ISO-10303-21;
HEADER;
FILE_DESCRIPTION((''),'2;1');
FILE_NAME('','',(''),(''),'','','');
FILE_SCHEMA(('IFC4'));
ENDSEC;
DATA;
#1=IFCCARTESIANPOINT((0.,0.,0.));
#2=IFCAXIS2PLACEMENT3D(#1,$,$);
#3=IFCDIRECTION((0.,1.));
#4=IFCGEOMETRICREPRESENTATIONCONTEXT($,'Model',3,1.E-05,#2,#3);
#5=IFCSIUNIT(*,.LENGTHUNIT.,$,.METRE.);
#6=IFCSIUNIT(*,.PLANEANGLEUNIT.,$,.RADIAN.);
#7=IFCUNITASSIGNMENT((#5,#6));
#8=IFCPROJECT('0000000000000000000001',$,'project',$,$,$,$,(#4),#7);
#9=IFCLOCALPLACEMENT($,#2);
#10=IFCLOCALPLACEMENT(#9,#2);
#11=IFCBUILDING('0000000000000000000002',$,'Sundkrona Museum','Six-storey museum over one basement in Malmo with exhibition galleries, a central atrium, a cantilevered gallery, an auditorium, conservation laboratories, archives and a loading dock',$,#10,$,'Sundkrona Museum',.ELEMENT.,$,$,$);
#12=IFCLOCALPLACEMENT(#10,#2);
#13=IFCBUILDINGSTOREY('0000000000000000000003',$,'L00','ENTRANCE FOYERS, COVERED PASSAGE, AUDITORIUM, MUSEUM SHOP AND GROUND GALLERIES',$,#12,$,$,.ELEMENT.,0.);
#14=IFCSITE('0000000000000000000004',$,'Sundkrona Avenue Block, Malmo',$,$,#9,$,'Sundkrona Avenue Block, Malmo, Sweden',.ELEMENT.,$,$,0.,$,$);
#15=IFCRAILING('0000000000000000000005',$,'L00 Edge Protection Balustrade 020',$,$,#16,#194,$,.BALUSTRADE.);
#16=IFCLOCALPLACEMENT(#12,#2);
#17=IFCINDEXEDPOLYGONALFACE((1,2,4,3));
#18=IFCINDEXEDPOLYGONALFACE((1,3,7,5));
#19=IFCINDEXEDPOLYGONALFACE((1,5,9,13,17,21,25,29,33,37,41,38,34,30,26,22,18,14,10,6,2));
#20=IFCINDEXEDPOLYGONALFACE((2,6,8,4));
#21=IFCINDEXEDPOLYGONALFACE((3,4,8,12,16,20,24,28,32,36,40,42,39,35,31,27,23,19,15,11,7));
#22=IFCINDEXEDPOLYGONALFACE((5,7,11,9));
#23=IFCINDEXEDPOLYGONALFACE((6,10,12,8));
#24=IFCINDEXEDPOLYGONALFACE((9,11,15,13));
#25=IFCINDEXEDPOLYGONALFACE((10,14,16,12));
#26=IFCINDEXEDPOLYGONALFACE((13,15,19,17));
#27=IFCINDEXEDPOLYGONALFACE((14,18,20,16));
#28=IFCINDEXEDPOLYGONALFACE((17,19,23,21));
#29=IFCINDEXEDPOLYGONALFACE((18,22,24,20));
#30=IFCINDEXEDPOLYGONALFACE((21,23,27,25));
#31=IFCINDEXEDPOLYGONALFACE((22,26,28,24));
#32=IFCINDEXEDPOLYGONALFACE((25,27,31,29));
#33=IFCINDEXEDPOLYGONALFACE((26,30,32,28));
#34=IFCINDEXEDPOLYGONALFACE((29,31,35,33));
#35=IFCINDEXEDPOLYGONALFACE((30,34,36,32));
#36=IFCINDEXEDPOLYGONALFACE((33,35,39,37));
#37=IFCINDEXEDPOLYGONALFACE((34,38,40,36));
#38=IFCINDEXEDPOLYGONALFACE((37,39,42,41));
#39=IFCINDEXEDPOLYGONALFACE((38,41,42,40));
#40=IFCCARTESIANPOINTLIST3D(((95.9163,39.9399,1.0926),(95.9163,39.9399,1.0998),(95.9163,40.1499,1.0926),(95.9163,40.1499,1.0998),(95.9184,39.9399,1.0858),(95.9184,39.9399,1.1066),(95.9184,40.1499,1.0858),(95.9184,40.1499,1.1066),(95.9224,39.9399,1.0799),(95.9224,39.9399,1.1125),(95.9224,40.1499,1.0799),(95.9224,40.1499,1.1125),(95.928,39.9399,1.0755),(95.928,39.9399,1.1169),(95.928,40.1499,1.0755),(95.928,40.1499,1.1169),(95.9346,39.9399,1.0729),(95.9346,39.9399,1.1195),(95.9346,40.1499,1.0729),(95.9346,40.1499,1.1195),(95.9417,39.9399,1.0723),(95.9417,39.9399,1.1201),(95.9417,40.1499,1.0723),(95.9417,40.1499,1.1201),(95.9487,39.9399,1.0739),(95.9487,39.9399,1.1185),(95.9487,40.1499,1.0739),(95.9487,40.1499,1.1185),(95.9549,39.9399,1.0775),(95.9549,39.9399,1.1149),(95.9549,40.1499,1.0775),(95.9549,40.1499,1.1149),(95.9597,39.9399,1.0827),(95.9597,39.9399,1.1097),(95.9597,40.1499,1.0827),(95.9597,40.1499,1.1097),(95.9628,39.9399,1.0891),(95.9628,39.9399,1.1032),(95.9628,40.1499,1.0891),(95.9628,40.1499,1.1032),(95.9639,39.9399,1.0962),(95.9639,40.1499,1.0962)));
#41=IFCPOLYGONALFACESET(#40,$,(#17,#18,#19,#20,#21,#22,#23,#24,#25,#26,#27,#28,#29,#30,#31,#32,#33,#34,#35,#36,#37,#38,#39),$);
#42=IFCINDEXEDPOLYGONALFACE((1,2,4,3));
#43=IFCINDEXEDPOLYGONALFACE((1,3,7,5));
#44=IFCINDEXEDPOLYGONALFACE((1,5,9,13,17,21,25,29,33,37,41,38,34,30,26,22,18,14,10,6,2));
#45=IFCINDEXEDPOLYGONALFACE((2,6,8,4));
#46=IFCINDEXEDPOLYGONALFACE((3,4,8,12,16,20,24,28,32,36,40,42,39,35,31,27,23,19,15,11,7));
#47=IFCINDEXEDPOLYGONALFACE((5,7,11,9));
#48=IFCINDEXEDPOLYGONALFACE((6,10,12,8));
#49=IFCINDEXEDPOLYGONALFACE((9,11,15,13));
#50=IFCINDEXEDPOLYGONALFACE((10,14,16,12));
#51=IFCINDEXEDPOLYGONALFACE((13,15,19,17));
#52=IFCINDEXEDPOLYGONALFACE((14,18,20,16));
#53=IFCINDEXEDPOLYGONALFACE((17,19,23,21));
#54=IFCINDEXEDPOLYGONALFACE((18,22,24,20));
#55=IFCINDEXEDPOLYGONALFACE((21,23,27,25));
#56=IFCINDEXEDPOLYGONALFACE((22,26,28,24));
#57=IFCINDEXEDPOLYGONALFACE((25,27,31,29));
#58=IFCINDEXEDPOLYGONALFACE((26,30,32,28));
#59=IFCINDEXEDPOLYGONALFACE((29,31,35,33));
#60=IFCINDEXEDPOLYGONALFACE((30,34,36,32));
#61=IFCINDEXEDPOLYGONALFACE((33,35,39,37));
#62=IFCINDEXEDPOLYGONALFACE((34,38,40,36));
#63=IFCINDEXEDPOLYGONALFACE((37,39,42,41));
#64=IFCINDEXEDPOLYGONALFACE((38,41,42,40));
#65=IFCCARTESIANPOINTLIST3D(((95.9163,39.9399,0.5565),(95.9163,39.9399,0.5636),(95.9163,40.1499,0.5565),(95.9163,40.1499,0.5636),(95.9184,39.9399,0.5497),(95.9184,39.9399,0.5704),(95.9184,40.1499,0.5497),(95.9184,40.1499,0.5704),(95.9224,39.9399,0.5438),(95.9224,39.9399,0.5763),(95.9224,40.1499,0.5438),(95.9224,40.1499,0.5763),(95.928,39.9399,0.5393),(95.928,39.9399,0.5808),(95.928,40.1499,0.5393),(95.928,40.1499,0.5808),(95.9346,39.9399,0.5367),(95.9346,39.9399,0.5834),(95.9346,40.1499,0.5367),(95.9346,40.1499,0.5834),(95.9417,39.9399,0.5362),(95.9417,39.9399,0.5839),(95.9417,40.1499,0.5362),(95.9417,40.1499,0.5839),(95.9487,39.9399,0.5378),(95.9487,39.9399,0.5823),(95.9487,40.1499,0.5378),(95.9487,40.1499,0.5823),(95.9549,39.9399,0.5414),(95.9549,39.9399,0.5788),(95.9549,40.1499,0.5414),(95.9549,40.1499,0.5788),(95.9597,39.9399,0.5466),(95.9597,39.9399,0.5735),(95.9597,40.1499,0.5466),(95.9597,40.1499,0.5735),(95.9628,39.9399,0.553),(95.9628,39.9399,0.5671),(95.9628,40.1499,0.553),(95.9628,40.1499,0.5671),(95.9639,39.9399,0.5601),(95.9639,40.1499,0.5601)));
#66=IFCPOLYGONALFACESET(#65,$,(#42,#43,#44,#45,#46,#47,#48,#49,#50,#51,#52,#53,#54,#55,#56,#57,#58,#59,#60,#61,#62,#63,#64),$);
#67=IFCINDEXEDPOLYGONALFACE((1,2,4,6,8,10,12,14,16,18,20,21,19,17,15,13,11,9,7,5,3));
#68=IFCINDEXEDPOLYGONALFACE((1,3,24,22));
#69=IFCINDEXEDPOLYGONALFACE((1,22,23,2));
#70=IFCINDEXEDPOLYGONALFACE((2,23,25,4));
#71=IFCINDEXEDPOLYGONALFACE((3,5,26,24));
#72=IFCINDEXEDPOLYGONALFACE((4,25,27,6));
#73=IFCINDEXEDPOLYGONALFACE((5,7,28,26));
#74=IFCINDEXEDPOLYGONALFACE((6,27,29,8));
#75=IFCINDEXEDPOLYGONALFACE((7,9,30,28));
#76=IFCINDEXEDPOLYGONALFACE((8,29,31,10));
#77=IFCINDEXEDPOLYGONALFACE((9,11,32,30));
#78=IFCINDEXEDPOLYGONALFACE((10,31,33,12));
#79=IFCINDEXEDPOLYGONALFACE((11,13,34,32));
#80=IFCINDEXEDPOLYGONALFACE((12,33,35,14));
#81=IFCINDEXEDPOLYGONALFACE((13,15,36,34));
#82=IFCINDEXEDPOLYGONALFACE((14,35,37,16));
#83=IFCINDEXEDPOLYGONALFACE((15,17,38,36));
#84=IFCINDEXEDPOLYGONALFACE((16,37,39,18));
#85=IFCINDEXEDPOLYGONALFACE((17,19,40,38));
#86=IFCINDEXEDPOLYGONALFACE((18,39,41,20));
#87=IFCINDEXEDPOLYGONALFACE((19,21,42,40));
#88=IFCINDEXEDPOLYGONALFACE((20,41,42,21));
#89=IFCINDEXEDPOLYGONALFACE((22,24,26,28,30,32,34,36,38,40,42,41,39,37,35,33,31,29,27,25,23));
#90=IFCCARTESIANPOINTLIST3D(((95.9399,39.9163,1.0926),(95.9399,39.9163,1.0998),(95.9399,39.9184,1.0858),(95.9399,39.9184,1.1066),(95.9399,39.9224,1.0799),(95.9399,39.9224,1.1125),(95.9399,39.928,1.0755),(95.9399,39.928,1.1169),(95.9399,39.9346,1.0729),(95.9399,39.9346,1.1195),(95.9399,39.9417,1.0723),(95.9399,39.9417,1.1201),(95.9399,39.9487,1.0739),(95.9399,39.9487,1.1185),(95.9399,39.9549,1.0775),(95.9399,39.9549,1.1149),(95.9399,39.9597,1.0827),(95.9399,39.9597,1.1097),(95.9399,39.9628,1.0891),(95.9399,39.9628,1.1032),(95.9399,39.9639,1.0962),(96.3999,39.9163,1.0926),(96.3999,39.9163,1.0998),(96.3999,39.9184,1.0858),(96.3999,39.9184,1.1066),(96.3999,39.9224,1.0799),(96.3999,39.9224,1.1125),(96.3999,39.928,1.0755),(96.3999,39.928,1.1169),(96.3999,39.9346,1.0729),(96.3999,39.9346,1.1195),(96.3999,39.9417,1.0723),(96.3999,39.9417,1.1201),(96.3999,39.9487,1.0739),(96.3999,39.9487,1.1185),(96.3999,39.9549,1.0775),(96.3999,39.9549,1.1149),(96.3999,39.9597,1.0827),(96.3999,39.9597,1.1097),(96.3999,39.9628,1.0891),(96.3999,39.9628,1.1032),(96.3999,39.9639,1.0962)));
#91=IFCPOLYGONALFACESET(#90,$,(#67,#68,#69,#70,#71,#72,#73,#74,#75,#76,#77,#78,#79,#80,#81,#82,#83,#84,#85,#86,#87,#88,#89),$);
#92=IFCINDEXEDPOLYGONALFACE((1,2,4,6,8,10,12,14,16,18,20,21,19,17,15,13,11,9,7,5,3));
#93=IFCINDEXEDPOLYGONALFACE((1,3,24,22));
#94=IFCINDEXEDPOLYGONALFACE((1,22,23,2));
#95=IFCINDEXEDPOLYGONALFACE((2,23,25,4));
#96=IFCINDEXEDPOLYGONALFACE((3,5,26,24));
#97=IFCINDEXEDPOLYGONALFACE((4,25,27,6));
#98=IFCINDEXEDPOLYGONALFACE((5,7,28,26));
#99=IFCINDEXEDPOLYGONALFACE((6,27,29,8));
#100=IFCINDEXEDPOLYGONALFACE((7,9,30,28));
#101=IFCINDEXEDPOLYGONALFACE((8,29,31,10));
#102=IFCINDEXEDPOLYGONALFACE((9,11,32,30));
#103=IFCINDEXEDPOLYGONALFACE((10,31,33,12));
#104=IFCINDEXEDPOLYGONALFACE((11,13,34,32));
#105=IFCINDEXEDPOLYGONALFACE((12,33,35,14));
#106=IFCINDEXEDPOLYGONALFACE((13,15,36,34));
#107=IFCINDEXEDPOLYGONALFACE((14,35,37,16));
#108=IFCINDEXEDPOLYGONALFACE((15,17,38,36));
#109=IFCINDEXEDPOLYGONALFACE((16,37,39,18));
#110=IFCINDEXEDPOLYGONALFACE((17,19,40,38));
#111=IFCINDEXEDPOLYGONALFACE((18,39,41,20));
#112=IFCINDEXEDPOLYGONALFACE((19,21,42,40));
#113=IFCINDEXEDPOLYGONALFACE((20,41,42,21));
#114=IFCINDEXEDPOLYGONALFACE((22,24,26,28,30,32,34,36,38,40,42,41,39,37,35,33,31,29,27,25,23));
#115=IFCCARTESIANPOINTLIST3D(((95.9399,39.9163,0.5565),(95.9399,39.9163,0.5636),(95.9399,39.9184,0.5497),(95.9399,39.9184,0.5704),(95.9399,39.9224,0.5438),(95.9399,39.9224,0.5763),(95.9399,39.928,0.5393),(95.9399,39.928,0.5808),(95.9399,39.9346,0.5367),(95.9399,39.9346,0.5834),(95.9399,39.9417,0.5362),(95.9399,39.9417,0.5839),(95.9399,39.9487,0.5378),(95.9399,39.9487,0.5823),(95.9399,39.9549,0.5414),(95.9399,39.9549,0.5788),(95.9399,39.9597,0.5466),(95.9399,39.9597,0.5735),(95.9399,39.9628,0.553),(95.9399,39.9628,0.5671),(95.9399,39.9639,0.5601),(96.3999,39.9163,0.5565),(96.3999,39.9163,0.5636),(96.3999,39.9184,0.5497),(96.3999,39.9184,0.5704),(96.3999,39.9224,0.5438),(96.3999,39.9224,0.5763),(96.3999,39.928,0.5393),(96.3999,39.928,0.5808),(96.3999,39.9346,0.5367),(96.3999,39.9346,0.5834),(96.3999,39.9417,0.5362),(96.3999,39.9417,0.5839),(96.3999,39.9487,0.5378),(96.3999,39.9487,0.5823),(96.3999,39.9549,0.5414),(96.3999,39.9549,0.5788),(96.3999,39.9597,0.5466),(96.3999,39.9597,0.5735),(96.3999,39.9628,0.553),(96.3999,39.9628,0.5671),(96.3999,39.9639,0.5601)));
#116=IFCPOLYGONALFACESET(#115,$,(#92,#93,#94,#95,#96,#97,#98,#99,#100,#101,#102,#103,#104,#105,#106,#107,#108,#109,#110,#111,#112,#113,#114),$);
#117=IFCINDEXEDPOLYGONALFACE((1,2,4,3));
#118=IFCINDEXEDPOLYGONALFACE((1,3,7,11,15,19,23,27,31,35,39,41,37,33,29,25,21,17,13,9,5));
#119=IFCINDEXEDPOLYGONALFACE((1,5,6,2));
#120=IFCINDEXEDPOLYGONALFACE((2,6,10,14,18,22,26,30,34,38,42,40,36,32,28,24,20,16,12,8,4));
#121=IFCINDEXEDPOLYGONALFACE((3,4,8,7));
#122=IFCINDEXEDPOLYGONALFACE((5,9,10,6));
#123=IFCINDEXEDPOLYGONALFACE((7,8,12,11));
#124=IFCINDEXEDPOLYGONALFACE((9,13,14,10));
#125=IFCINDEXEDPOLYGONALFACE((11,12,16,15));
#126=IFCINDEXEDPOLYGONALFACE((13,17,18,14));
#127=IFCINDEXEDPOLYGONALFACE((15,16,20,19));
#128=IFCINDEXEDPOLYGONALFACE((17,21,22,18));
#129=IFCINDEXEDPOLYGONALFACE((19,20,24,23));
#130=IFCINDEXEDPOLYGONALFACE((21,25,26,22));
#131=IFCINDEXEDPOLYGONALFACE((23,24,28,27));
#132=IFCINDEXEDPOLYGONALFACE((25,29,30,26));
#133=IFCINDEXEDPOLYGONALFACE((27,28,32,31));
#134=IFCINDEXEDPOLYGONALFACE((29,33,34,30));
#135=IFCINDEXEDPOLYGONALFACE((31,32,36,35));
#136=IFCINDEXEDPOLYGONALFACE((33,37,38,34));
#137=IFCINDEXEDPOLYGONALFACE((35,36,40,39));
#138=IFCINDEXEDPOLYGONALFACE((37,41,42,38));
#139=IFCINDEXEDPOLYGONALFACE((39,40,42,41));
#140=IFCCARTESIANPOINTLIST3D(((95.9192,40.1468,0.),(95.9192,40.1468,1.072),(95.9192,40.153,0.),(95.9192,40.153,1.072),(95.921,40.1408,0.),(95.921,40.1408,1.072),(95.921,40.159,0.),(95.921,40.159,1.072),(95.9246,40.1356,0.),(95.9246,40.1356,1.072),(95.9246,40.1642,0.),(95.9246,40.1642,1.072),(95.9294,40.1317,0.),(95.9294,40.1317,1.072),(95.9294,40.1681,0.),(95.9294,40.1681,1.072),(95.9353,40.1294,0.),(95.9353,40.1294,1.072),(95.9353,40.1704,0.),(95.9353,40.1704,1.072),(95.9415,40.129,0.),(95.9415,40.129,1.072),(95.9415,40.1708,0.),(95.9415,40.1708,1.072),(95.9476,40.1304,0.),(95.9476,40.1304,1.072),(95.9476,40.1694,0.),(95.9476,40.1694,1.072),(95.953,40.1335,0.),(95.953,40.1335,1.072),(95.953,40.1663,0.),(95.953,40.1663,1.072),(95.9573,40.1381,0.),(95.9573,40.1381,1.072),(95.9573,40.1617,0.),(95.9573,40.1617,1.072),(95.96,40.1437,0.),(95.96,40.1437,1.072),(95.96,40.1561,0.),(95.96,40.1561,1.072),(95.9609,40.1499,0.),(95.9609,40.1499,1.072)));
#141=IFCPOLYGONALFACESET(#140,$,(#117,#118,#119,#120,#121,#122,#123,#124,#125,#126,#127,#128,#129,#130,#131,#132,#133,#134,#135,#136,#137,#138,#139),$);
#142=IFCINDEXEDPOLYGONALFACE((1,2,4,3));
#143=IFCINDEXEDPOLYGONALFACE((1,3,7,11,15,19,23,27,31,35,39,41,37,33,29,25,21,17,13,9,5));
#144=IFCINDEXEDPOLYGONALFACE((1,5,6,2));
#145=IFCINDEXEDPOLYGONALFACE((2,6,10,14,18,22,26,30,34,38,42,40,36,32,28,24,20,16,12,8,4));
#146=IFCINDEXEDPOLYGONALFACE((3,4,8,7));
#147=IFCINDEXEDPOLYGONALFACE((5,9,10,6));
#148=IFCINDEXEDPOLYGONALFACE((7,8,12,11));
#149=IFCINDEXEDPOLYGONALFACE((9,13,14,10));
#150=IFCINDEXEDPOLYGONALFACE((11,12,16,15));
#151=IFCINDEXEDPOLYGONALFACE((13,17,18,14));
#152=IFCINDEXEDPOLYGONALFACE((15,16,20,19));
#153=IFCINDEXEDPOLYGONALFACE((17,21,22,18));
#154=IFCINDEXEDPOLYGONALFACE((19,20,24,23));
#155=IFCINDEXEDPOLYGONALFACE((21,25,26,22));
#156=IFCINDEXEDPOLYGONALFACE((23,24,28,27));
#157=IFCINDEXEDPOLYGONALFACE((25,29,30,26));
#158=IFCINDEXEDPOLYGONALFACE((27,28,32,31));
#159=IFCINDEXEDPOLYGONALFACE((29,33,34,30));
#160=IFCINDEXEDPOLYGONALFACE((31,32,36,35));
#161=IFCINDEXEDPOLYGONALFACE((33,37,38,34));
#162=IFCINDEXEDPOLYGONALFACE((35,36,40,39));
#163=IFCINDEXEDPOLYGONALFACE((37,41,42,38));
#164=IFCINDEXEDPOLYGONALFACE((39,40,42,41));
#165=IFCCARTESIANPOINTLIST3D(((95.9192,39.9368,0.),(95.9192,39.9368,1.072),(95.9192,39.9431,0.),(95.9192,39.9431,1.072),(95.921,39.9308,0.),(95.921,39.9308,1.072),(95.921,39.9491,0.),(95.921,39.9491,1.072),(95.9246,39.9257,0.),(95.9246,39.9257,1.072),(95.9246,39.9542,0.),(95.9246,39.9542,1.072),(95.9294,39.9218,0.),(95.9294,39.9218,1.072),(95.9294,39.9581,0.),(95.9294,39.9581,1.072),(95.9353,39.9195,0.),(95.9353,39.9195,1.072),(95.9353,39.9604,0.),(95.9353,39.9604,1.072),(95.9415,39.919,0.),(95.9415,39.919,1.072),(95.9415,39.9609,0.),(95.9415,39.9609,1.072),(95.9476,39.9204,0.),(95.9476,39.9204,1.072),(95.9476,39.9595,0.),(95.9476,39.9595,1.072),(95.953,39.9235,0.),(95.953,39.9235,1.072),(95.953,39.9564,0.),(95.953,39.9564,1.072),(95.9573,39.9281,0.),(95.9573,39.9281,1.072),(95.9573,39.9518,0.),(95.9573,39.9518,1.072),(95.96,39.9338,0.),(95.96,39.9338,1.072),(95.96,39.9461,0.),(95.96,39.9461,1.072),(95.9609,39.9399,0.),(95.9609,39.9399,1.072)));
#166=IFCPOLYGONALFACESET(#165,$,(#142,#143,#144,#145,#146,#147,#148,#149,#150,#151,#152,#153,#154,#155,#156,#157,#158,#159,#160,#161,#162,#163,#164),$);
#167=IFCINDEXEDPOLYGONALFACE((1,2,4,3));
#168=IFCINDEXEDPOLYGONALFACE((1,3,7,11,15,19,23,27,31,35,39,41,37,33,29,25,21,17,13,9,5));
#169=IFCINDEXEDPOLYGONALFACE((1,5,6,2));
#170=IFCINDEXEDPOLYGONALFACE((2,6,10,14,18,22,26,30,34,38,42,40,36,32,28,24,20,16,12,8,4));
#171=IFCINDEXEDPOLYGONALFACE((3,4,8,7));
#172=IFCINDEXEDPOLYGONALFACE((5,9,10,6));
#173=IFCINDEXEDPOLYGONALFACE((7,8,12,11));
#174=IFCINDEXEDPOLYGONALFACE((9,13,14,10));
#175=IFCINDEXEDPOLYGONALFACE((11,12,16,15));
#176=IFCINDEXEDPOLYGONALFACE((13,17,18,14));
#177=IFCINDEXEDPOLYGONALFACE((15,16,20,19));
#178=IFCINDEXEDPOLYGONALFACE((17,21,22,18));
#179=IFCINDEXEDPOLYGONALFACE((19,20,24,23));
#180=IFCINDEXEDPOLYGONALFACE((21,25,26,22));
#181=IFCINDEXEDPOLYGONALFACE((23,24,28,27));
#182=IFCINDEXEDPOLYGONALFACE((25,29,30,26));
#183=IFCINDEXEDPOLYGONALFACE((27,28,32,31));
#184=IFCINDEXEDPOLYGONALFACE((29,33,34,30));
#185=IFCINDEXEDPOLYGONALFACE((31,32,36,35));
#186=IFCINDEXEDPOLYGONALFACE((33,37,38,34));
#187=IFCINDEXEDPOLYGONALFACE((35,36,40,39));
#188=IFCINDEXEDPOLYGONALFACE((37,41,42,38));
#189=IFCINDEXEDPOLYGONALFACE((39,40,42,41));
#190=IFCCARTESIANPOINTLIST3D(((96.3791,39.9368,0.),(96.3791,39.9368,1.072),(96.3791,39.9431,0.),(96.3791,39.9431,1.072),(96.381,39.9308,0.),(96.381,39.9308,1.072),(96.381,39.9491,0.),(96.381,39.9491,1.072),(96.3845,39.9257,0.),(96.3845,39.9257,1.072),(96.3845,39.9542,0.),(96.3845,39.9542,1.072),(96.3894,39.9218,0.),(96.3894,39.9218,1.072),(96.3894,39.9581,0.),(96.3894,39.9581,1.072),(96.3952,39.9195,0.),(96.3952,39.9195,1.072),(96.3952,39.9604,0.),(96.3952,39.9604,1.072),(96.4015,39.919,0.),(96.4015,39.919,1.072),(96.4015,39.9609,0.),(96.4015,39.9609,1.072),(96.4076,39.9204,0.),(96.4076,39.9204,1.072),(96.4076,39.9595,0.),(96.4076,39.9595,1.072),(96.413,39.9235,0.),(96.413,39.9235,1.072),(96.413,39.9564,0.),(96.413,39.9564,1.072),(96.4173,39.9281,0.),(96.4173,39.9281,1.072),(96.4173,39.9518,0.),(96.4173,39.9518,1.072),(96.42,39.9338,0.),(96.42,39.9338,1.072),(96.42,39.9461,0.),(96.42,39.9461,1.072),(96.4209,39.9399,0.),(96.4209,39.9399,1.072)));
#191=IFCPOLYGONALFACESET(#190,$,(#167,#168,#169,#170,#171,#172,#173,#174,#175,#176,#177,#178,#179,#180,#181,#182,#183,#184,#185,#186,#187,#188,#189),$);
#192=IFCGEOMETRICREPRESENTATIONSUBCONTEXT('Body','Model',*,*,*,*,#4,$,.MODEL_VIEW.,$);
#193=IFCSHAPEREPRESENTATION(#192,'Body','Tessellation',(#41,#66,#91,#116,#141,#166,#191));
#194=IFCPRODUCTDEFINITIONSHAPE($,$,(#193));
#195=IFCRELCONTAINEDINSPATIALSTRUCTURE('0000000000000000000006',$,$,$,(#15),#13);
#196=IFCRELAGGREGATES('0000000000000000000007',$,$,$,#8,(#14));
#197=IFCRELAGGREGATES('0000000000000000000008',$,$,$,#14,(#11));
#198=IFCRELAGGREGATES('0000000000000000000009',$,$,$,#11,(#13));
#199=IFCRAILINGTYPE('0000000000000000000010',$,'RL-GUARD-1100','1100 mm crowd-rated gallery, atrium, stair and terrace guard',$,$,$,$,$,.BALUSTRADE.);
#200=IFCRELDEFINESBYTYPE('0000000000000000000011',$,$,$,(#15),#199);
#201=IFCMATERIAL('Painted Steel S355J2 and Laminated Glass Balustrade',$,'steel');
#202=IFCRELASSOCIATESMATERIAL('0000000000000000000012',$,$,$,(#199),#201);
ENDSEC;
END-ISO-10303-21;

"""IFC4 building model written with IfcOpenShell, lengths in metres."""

from ifc_helpers import new_model, si_unit, direction, frame, origin, origin_2d, place, context, subcontext, project, spatial, circle, extrude, material, type_object, element, save


model = new_model("IFC4")

# Units and contexts
model_context = context("Model", 3, precision=1e-05, world=origin(), true_north=direction((0.0, 1.0)))
body_context = subcontext(model_context, "Body", "Model", "MODEL_VIEW")
ifc_project = project(units=[si_unit("LENGTHUNIT", "METRE"), si_unit("PLANEANGLEUNIT", "RADIAN")], contexts=[model_context])

# Site, building, storey
site_placement = place(None, origin())
site = spatial("IfcSite", under=ifc_project, at=site_placement, Name="Sundkrona Avenue Block, Malmo", LongName="Sundkrona Avenue Block, Malmo, Sweden", CompositionType="ELEMENT", RefElevation=0.0)
building_placement = place(site_placement, origin())
building = spatial("IfcBuilding", under=site, at=building_placement, Name="Sundkrona Museum", Description="Six-storey museum over one basement in Malmo with exhibition galleries, a central atrium, a cantilevered gallery, an auditorium, conservation laboratories, archives and a loading dock", LongName="Sundkrona Museum", CompositionType="ELEMENT")
storey_placement = place(building_placement, origin())
storey = spatial("IfcBuildingStorey", under=building, at=storey_placement, Name="L00", Description="ENTRANCE FOYERS, COVERED PASSAGE, AUDITORIUM, MUSEUM SHOP AND GROUND GALLERIES", CompositionType="ELEMENT", Elevation=0.0)

# Railing
ifc_material_1 = material(Name="Painted Steel S355J2 and Laminated Glass Balustrade", Category="steel")
railing_type = type_object("IfcRailingType", Name="RL-GUARD-1100", Description="1100 mm crowd-rated gallery, atrium, stair and terrace guard", PredefinedType="BALUSTRADE", material=ifc_material_1)
railing_placement = place(storey_placement, frame((95.9399, 40.1499, 0.0)))
element("IfcRailing", 1, at=railing_placement, inside=storey, type_object=railing_type, Name="L00 Edge Protection Balustrade 020", PredefinedType="BALUSTRADE", context=body_context, shape_type="SweptSolid", body=[
    extrude(circle(Radius=0.0239, at=origin_2d()), frame((0.0, 0.0, 1.0962), z_axis=(0.0, -1.0, 0.0), x_axis=(1.0, 0.0, 0.0)), (0.0, 0.0, 1.0), 0.21),
    extrude(circle(Radius=0.0239, at=origin_2d()), frame((0.0, 0.0, 0.5601), z_axis=(0.0, -1.0, 0.0), x_axis=(1.0, 0.0, 0.0)), (0.0, 0.0, 1.0), 0.21),
    extrude(circle(Radius=0.0239, at=origin_2d()), frame((0.0, -0.21, 1.0962), z_axis=(1.0, 0.0, 0.0), x_axis=(0.0, 1.0, 0.0)), (0.0, 0.0, 1.0), 0.46),
    extrude(circle(Radius=0.0239, at=origin_2d()), frame((0.0, -0.21, 0.5601), z_axis=(1.0, 0.0, 0.0), x_axis=(0.0, 1.0, 0.0)), (0.0, 0.0, 1.0), 0.46),
    extrude(circle(Radius=0.021, at=origin_2d()), origin(), (0.0, 0.0, 1.0), 1.072),
    extrude(circle(Radius=0.021, at=origin_2d()), frame((0.0, -0.21, 0.0)), (0.0, 0.0, 1.0), 1.072),
    extrude(circle(Radius=0.021, at=origin_2d()), frame((0.46, -0.21, 0.0)), (0.0, 0.0, 1.0), 1.072),
])

save(model, "model.ifc")
